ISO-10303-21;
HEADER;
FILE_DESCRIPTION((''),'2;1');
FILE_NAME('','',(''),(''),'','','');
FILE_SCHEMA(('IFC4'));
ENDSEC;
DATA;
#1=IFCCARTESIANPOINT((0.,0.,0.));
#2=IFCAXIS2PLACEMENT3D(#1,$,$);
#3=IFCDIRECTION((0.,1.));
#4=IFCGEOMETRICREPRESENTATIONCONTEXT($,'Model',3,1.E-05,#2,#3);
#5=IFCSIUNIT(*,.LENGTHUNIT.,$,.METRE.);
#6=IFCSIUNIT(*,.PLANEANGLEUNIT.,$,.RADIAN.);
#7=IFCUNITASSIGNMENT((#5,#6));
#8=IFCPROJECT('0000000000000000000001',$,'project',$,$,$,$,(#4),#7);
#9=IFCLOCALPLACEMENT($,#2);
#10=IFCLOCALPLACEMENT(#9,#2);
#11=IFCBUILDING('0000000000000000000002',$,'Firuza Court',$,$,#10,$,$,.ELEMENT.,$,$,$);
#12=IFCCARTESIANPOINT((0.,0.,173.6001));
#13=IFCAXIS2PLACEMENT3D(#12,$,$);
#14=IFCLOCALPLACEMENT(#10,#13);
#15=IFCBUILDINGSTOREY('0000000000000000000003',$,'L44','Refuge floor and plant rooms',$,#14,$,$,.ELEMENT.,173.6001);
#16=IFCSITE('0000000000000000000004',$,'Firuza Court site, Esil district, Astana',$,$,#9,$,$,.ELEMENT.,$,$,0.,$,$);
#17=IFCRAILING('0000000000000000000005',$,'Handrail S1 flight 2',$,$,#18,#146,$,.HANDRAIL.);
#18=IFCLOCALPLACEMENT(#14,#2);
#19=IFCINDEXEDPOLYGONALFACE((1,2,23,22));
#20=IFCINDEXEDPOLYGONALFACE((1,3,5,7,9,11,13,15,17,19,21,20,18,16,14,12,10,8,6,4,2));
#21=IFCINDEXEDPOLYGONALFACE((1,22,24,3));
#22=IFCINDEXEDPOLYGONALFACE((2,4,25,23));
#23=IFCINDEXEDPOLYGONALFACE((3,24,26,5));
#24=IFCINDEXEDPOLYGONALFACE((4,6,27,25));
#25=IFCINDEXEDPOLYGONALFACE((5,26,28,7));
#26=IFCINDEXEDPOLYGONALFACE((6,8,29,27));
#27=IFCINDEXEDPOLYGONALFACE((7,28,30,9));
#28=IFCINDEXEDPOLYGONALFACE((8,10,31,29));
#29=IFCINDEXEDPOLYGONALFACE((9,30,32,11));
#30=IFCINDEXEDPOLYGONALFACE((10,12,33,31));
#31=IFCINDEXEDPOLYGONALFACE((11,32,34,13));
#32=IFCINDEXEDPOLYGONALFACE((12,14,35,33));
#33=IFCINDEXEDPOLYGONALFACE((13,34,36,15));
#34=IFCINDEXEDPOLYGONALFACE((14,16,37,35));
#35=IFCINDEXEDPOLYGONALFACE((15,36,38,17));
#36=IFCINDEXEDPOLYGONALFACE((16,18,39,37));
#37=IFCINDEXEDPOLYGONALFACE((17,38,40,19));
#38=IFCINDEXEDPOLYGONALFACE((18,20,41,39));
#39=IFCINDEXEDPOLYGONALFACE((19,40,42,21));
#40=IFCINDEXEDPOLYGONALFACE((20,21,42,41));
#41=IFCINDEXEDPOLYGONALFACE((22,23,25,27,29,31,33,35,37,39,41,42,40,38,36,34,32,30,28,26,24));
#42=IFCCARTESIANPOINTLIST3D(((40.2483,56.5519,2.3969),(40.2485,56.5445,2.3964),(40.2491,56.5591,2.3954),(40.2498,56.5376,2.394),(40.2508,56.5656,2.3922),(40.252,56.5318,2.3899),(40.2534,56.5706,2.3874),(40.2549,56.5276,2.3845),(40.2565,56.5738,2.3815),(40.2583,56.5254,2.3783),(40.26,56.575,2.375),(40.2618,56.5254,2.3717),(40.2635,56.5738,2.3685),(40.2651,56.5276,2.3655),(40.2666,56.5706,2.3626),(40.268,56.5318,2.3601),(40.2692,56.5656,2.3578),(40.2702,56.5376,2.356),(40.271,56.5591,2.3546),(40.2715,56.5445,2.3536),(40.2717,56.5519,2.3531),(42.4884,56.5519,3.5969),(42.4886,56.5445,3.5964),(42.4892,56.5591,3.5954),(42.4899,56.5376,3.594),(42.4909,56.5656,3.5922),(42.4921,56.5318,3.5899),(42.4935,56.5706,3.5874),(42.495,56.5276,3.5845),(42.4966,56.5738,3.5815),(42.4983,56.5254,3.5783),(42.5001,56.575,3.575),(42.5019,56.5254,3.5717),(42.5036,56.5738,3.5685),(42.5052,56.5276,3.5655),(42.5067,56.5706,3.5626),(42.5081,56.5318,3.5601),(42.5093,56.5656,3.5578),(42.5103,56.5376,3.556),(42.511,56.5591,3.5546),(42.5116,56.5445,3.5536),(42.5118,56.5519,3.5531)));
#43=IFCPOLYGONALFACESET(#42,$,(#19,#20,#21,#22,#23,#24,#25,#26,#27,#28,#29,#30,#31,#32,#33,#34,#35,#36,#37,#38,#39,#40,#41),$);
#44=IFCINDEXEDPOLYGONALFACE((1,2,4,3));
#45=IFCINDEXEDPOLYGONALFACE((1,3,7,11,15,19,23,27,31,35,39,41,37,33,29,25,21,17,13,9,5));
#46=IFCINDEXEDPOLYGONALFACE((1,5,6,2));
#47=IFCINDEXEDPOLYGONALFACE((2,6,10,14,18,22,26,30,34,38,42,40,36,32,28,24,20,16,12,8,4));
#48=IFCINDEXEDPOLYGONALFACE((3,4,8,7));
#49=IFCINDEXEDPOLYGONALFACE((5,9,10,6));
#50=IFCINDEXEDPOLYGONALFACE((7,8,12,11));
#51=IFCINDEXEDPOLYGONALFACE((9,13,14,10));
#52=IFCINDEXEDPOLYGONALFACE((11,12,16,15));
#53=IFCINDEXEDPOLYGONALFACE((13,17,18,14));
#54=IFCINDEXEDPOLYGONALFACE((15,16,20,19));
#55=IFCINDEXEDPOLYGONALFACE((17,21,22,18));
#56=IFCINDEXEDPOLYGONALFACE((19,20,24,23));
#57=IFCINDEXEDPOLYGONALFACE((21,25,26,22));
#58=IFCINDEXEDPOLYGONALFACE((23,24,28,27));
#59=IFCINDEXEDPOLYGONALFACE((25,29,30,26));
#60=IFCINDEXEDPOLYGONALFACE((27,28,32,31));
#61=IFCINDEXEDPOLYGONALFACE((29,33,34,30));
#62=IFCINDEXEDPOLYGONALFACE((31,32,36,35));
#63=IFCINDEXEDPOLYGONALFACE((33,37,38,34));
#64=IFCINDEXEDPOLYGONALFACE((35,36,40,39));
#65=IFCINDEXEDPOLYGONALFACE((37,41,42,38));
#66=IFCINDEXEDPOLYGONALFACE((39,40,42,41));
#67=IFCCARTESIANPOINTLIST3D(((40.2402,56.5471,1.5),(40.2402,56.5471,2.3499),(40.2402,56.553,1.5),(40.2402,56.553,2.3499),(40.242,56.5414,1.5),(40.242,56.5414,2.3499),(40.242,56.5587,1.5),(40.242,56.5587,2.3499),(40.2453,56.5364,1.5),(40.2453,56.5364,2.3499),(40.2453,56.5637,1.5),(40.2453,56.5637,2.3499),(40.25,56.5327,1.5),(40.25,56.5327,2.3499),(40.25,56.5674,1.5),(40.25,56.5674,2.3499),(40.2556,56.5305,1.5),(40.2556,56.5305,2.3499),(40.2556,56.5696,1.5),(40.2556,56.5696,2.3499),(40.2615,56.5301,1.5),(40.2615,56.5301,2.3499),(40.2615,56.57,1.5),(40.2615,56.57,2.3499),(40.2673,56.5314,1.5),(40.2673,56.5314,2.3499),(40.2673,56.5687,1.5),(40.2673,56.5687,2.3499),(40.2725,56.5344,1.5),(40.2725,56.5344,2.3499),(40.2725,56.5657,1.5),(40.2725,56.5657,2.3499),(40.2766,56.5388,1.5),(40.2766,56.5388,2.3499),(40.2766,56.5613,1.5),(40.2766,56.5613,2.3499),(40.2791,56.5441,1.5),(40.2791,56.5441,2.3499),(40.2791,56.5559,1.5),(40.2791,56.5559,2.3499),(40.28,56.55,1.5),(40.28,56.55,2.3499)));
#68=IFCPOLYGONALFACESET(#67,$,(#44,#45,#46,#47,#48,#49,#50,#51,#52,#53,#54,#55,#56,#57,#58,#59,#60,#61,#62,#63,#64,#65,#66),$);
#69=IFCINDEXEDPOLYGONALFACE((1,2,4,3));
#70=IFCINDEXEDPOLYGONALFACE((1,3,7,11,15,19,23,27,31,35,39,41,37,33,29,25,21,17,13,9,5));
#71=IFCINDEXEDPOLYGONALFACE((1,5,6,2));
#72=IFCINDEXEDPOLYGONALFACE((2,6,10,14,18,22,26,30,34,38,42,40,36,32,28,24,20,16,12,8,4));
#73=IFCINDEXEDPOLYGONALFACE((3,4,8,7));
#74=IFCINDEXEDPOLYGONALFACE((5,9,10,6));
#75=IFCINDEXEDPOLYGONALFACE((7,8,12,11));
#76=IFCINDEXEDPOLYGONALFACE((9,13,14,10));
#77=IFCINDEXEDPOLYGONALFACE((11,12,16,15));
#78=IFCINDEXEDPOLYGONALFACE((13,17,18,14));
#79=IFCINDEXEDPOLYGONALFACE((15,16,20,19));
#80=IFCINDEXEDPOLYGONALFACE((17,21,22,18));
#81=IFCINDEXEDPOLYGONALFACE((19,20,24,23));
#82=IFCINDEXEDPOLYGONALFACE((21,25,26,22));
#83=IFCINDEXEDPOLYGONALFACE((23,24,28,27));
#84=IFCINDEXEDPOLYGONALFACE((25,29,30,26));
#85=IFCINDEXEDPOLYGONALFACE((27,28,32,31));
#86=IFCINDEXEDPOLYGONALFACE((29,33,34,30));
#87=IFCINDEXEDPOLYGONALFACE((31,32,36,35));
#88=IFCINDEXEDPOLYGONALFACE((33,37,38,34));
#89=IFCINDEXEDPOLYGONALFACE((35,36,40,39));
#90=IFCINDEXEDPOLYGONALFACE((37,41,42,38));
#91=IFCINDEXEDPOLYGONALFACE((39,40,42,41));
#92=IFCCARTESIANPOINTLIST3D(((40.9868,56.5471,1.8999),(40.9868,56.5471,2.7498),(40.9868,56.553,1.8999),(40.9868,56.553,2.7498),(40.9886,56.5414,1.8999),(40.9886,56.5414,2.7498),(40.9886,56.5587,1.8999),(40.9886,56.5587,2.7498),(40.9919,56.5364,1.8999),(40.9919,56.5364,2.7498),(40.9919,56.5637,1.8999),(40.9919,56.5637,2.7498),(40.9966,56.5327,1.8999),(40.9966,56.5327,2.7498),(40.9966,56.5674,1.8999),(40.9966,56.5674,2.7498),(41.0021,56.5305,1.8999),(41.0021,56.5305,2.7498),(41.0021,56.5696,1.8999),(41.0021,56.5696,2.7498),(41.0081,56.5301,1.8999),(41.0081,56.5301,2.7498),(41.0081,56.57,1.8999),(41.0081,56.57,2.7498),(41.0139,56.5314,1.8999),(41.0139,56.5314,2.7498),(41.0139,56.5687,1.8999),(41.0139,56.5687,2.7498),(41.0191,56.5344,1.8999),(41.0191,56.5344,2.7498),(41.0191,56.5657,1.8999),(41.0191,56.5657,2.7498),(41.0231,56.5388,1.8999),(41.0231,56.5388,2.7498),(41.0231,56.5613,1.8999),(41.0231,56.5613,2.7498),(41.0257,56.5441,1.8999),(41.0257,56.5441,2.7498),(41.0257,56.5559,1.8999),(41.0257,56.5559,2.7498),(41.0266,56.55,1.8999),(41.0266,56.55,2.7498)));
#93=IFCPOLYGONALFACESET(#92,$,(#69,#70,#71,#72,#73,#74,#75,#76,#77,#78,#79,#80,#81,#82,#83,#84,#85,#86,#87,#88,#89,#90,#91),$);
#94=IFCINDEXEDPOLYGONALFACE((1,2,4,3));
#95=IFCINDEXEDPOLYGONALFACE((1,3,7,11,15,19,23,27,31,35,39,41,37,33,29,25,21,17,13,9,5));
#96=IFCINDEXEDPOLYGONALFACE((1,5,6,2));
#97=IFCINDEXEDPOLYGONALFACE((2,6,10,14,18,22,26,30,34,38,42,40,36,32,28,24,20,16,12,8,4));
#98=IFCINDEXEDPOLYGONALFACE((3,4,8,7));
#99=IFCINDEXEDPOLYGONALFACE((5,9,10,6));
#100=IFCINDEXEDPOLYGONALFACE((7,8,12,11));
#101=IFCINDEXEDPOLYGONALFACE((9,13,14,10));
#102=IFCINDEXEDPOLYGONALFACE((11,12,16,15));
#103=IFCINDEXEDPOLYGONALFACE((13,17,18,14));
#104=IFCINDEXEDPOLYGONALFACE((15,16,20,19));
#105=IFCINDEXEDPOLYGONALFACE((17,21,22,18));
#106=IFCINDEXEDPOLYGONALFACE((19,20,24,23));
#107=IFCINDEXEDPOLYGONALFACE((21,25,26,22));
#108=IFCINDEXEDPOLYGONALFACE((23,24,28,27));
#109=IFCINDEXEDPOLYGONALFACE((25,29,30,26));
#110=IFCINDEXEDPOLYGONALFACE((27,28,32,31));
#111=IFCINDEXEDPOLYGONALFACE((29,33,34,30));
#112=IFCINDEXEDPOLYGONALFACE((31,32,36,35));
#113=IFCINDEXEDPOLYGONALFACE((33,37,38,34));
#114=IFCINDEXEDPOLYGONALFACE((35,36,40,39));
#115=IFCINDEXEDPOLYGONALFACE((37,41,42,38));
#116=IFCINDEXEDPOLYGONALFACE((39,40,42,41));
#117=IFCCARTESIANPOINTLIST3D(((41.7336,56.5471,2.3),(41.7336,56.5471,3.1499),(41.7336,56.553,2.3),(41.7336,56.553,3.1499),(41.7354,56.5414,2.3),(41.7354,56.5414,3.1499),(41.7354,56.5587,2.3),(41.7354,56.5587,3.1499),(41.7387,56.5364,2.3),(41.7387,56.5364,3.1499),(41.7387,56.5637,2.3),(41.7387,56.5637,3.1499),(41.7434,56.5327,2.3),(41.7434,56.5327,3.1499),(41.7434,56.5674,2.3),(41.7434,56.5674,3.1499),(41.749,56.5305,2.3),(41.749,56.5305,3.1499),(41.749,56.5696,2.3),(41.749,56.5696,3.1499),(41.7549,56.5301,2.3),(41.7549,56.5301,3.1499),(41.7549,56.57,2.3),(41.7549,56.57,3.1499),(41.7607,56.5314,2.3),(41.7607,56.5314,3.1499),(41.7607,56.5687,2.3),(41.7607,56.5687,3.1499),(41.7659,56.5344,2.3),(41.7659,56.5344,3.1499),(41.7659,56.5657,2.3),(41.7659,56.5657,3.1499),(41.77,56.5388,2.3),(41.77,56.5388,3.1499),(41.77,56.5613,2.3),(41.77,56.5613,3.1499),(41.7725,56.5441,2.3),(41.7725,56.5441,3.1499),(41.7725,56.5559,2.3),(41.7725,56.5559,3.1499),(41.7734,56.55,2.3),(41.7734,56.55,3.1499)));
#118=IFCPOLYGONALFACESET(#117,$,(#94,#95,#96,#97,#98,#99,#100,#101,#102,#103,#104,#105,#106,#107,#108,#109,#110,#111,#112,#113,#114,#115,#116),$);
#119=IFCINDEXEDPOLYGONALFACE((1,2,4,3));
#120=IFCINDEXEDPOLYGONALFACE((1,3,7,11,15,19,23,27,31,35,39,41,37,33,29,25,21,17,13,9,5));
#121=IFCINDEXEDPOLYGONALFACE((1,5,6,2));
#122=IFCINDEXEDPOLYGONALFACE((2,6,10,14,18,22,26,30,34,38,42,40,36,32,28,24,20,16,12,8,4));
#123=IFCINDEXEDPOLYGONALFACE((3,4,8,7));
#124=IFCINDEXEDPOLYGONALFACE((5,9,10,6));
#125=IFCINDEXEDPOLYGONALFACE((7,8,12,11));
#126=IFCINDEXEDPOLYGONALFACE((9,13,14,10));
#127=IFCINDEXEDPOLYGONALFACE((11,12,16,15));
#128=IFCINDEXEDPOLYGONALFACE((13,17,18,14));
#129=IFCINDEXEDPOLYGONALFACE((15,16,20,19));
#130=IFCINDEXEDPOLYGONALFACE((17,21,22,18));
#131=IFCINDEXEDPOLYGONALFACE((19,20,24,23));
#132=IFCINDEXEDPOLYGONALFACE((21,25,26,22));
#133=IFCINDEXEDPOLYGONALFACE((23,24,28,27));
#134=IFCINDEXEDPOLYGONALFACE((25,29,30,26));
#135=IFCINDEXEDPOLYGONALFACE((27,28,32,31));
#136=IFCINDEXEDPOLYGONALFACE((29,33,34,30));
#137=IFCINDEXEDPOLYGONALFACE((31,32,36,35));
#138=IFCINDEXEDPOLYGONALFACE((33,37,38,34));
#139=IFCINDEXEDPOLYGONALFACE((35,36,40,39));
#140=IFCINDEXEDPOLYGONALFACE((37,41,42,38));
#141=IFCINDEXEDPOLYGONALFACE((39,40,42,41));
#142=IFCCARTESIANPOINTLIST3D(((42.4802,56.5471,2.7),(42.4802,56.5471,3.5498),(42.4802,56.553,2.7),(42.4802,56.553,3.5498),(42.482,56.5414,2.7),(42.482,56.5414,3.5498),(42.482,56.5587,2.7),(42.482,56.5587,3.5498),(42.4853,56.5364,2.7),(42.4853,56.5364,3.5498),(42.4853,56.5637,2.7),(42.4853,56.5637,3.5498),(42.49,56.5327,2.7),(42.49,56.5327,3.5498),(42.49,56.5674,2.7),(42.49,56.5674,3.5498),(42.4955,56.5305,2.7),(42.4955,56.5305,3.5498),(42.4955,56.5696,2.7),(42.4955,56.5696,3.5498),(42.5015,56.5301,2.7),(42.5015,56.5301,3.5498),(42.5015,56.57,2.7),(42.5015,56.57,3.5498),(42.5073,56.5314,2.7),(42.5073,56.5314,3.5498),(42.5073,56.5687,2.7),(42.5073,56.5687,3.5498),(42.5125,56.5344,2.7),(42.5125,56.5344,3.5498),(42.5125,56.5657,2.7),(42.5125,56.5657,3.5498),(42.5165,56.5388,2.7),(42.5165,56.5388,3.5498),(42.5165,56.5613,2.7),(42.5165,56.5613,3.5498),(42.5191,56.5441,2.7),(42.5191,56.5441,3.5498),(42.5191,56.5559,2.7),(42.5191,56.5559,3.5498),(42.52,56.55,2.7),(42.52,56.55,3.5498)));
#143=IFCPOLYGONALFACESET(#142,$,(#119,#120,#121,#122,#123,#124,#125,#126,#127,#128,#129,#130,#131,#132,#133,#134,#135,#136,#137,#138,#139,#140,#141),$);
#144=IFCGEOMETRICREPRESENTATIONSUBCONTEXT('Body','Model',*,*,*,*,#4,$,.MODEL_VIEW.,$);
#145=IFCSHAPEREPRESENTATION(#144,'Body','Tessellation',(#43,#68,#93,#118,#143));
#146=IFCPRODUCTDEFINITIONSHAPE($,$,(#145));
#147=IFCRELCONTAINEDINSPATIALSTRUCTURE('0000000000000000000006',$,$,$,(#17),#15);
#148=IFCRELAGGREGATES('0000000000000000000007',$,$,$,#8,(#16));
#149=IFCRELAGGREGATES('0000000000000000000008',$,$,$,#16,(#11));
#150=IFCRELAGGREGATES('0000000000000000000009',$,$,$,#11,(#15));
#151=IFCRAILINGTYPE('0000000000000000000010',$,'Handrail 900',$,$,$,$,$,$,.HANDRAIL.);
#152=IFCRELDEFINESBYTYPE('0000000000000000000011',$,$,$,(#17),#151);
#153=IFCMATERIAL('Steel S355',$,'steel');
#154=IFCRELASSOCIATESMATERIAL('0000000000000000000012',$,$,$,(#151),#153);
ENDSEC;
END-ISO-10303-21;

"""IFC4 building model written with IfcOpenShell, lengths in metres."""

from ifc_helpers import new_model, si_unit, direction, frame, origin, origin_2d, place, context, subcontext, project, spatial, circle, extrude, material, type_object, element, save


model = new_model("IFC4")

# Units and contexts
model_context = context("Model", 3, precision=1e-05, world=origin(), true_north=direction((0.0, 1.0)))
body_context = subcontext(model_context, "Body", "Model", "MODEL_VIEW")
ifc_project = project(units=[si_unit("LENGTHUNIT", "METRE"), si_unit("PLANEANGLEUNIT", "RADIAN")], contexts=[model_context])

# Site, building, storey
site_placement = place(None, origin())
site = spatial("IfcSite", under=ifc_project, at=site_placement, Name="Firuza Court site, Esil district, Astana", CompositionType="ELEMENT", RefElevation=0.0)
building_placement = place(site_placement, origin())
building = spatial("IfcBuilding", under=site, at=building_placement, Name="Firuza Court", CompositionType="ELEMENT")
storey_placement = place(building_placement, frame((0.0, 0.0, 173.6001)))
storey = spatial("IfcBuildingStorey", under=building, at=storey_placement, Name="L44", Description="Refuge floor and plant rooms", CompositionType="ELEMENT", Elevation=173.6001)

# Railing
ifc_material_1 = material(Name="Steel S355", Category="steel")
railing_type = type_object("IfcRailingType", Name="Handrail 900", PredefinedType="HANDRAIL", material=ifc_material_1)
railing_1_placement = place(storey_placement, frame((40.26, 56.55, 1.5)))
element("IfcRailing", 1, at=railing_1_placement, inside=storey, type_object=railing_type, Name="Handrail S1 flight 2", PredefinedType="HANDRAIL", context=body_context, shape_type="SweptSolid", body=[
    extrude(circle(Radius=0.0249, at=origin_2d()), frame((0.0, 0.0, 0.875), z_axis=(0.881487, 0.0, 0.472208), x_axis=(0.0, 1.0, 0.0)), (0.0, 0.0, 1.0), 2.5413),
    extrude(circle(Radius=0.02, at=origin_2d()), origin(), (0.0, 0.0, 1.0), 0.8499),
    extrude(circle(Radius=0.02, at=origin_2d()), frame((0.7466, 0.0, 0.3999)), (0.0, 0.0, 1.0), 0.8499),
    extrude(circle(Radius=0.02, at=origin_2d()), frame((1.4934, 0.0, 0.8)), (0.0, 0.0, 1.0), 0.8499),
    extrude(circle(Radius=0.02, at=origin_2d()), frame((2.24, 0.0, 1.2)), (0.0, 0.0, 1.0), 0.8499),
])

save(model, "model.ifc")
